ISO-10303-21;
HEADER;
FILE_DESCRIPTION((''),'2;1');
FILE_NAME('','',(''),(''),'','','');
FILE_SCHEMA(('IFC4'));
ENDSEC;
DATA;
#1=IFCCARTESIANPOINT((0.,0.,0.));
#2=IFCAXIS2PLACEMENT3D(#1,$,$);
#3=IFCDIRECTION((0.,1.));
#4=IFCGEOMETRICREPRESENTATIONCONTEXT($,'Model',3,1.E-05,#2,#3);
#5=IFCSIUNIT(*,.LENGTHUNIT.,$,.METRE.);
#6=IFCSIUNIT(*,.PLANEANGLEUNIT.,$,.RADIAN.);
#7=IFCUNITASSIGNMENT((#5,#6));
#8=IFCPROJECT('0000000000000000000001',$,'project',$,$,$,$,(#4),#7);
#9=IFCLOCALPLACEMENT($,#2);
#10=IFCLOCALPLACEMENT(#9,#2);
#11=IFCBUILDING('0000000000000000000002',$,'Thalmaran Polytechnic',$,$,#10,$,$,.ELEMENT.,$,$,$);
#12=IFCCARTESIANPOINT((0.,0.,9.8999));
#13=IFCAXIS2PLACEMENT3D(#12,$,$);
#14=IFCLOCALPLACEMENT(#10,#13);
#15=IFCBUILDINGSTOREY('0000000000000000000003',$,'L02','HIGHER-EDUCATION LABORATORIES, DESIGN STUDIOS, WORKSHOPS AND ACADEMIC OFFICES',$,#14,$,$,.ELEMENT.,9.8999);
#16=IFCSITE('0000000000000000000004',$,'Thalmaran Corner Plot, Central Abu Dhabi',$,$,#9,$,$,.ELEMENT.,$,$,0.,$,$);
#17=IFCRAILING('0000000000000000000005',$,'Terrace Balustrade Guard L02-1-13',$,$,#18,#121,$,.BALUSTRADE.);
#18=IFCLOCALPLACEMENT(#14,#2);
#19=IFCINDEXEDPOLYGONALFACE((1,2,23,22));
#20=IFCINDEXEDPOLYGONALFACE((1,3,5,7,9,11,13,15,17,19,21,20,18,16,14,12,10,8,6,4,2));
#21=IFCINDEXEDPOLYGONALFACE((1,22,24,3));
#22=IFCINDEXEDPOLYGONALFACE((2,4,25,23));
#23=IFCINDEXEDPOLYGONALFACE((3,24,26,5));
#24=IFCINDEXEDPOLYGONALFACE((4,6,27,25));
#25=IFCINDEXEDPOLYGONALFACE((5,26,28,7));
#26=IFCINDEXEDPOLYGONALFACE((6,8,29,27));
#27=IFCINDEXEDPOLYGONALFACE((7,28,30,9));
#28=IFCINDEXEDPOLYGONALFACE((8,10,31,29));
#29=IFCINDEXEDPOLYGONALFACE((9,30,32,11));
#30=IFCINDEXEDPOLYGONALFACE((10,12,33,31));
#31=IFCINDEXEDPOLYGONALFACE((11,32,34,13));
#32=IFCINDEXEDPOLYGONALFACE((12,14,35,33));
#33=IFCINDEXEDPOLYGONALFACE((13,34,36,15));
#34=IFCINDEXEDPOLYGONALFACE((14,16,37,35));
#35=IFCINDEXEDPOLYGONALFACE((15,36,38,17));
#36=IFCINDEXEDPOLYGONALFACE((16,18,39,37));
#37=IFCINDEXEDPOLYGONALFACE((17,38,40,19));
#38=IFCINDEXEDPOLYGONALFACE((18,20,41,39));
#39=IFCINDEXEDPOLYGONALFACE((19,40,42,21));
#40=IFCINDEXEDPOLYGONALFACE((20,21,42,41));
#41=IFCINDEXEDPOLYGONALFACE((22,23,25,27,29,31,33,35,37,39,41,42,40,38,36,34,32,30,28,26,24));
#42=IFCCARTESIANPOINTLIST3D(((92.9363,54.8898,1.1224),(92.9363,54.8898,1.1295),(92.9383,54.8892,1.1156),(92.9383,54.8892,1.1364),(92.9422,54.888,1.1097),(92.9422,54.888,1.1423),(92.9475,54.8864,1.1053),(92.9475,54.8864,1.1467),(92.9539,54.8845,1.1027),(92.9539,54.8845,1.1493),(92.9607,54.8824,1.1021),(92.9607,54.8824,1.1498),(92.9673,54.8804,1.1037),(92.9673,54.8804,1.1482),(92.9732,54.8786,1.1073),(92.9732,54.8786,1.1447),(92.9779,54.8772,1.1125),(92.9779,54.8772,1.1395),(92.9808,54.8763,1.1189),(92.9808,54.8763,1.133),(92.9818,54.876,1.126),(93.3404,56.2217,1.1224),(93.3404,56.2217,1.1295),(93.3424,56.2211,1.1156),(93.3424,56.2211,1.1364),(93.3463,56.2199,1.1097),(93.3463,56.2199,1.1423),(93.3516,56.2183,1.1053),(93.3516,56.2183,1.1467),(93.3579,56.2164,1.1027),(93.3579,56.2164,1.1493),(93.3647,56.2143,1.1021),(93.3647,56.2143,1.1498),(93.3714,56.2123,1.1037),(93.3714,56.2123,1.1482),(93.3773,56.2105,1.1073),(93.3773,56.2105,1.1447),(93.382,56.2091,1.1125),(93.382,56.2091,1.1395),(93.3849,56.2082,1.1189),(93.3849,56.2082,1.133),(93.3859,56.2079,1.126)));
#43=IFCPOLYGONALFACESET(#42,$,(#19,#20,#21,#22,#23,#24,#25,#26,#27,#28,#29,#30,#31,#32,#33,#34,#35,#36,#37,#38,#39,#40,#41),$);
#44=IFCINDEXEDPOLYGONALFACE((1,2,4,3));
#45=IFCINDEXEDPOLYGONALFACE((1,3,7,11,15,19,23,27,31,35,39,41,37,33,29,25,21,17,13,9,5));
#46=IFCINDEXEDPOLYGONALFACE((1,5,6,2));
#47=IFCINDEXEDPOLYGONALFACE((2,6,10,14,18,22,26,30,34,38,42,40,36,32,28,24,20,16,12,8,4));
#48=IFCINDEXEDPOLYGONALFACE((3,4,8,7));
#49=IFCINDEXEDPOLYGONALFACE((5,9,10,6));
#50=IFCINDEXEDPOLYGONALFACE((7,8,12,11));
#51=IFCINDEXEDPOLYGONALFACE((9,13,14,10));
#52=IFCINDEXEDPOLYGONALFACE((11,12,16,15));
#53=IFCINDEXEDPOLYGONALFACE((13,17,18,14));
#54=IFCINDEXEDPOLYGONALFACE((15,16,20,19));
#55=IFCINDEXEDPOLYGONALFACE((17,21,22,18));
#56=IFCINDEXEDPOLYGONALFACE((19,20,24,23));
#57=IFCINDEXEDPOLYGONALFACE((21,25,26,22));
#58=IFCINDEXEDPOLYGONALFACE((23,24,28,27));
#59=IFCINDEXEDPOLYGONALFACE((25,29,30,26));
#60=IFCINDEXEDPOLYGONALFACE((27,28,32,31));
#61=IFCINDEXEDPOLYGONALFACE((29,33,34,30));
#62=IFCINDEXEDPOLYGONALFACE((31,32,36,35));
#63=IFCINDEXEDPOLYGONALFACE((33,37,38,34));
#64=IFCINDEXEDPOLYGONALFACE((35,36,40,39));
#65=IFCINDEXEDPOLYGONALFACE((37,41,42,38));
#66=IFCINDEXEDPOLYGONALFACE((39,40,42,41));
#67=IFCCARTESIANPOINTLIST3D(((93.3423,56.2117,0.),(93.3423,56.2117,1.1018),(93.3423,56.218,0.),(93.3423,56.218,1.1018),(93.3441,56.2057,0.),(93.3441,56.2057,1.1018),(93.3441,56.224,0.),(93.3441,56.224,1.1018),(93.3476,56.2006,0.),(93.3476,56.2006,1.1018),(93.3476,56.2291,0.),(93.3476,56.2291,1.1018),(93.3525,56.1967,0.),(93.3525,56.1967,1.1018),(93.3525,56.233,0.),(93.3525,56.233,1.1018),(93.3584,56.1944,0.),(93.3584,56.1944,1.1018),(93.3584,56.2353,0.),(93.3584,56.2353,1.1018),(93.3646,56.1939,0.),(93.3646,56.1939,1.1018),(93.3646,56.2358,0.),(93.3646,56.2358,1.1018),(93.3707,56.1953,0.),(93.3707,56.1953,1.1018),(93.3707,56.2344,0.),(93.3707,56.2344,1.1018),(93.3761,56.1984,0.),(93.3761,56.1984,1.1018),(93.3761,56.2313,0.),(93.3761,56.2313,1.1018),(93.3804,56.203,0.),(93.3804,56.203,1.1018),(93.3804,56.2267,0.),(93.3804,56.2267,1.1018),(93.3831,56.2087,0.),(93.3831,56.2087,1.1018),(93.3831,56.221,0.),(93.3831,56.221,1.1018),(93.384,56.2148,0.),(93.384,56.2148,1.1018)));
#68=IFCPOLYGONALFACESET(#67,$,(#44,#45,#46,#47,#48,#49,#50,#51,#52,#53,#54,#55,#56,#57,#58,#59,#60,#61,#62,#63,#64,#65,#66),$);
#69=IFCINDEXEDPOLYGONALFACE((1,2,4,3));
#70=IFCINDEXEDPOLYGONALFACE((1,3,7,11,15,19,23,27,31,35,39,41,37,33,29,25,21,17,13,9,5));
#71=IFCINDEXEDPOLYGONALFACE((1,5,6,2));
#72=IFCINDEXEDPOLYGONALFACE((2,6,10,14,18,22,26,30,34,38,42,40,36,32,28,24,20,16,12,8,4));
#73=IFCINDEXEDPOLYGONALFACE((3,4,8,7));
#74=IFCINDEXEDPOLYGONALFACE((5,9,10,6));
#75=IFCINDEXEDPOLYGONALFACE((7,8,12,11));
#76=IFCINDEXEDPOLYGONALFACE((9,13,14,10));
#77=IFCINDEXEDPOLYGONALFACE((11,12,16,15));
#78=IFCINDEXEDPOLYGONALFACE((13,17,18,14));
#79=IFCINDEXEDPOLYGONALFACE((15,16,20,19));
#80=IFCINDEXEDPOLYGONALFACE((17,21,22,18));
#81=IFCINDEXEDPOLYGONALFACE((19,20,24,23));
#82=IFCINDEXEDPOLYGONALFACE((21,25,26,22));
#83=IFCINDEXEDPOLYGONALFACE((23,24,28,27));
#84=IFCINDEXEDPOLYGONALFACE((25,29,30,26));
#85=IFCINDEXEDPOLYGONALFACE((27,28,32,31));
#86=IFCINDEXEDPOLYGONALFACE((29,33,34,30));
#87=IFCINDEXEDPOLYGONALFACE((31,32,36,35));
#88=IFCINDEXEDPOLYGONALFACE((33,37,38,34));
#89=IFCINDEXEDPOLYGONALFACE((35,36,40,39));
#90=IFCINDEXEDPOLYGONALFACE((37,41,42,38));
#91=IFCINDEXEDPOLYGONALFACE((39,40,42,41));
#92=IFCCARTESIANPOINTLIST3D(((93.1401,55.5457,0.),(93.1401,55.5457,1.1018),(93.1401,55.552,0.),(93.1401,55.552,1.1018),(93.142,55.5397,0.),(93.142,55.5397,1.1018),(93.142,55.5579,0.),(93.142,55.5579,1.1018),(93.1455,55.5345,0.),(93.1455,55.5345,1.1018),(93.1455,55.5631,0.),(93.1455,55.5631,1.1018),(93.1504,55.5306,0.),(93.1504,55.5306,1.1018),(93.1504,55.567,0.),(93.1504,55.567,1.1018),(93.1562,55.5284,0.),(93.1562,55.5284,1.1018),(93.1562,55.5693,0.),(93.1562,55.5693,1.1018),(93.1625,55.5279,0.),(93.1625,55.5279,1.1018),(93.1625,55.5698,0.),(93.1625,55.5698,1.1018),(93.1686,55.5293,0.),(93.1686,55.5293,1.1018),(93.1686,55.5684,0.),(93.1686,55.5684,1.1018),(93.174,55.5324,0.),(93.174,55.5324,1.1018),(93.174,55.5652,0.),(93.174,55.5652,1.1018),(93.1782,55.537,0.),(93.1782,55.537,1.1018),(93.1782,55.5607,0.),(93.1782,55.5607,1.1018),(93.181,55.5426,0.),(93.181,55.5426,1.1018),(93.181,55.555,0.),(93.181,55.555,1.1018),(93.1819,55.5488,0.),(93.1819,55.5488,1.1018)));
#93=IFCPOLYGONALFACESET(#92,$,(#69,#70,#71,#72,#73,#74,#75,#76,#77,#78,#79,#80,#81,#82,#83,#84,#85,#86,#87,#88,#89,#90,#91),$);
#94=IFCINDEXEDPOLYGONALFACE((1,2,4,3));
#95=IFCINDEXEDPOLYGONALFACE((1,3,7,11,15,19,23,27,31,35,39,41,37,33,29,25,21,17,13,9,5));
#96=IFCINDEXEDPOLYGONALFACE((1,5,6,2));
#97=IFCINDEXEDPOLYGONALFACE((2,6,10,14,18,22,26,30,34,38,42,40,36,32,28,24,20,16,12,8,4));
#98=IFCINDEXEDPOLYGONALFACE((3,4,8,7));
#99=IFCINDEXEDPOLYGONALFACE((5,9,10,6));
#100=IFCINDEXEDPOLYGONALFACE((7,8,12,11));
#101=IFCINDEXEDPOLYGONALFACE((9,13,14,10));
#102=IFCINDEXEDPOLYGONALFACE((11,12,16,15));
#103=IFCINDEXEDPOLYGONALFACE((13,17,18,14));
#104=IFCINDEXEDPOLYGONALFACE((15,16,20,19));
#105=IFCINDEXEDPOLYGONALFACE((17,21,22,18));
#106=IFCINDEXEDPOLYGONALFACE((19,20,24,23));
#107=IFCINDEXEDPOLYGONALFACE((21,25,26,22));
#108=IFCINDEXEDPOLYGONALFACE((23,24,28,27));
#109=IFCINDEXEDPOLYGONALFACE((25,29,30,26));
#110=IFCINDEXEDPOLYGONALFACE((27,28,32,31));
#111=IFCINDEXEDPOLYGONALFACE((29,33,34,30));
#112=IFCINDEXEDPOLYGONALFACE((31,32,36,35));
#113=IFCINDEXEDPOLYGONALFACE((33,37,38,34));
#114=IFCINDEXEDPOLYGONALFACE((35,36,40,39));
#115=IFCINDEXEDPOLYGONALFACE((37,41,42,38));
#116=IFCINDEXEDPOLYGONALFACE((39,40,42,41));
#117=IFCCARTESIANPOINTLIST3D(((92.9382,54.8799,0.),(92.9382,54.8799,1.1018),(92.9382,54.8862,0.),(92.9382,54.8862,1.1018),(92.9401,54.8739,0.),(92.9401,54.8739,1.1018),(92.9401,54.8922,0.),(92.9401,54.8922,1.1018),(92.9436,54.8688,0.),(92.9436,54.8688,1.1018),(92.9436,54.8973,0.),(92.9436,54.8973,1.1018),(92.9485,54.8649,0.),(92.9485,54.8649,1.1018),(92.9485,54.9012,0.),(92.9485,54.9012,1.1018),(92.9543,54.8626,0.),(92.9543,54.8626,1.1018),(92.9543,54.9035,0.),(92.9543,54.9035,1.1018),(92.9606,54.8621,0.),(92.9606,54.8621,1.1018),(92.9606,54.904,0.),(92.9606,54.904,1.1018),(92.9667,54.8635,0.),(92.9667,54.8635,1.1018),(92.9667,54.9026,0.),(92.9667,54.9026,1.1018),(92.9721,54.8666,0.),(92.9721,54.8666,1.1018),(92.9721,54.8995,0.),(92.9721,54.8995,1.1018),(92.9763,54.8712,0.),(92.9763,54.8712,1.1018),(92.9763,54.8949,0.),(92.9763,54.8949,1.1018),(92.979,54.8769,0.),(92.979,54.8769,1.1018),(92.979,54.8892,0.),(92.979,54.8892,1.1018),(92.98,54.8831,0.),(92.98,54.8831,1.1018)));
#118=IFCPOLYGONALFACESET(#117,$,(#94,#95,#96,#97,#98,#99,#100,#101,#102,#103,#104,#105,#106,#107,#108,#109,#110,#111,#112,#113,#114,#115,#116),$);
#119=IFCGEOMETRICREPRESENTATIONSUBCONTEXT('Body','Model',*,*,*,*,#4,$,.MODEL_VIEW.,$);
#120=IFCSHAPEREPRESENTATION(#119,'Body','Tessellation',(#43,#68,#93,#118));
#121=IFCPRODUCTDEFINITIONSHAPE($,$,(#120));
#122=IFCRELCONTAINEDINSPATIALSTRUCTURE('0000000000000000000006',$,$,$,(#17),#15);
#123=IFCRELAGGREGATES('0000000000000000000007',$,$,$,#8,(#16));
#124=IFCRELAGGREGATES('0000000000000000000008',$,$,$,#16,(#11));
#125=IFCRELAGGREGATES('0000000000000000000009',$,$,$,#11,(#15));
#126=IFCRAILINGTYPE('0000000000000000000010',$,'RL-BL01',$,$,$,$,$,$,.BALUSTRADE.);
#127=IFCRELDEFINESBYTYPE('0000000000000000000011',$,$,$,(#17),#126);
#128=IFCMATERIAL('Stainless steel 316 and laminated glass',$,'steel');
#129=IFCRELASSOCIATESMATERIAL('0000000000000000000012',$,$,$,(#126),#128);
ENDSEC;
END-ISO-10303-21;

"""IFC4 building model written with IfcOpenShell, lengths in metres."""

from ifc_helpers import new_model, si_unit, direction, frame, origin, origin_2d, place, context, subcontext, project, spatial, circle, extrude, material, type_object, element, save


model = new_model("IFC4")

# Units and contexts
model_context = context("Model", 3, precision=1e-05, world=origin(), true_north=direction((0.0, 1.0)))
body_context = subcontext(model_context, "Body", "Model", "MODEL_VIEW")
ifc_project = project(units=[si_unit("LENGTHUNIT", "METRE"), si_unit("PLANEANGLEUNIT", "RADIAN")], contexts=[model_context])

# Site, building, storey
site_placement = place(None, origin())
site = spatial("IfcSite", under=ifc_project, at=site_placement, Name="Thalmaran Corner Plot, Central Abu Dhabi", CompositionType="ELEMENT", RefElevation=0.0)
building_placement = place(site_placement, origin())
building = spatial("IfcBuilding", under=site, at=building_placement, Name="Thalmaran Polytechnic", CompositionType="ELEMENT")
storey_placement = place(building_placement, frame((0.0, 0.0, 9.8999)))
storey = spatial("IfcBuildingStorey", under=building, at=storey_placement, Name="L02", Description="HIGHER-EDUCATION LABORATORIES, DESIGN STUDIOS, WORKSHOPS AND ACADEMIC OFFICES", CompositionType="ELEMENT", Elevation=9.8999)

# Railing
ifc_material = material(Name="Stainless steel 316 and laminated glass", Category="steel")
railing_type = type_object("IfcRailingType", Name="RL-BL01", PredefinedType="BALUSTRADE", material=ifc_material)
railing_1_placement = place(storey_placement, frame((93.363, 56.2148, 0.0)))
element("IfcRailing", 1, at=railing_1_placement, inside=storey, type_object=railing_type, Name="Terrace Balustrade Guard L02-1-13", PredefinedType="BALUSTRADE", context=body_context, shape_type="SweptSolid", body=[
    extrude(circle(Radius=0.0239, at=origin_2d()), frame((0.0, 0.0, 1.126), z_axis=(-0.290324, -0.956928, 0.0), x_axis=(0.956928, -0.290324, 0.0)), (0.0, 0.0, 1.0), 1.3918),
    extrude(circle(Radius=0.021, at=origin_2d()), origin(), (0.0, 0.0, 1.0), 1.1018),
    extrude(circle(Radius=0.021, at=origin_2d()), frame((-0.2021, -0.666, 0.0)), (0.0, 0.0, 1.0), 1.1018),
    extrude(circle(Radius=0.021, at=origin_2d()), frame((-0.4041, -1.3318, 0.0)), (0.0, 0.0, 1.0), 1.1018),
])

save(model, "model.ifc")
